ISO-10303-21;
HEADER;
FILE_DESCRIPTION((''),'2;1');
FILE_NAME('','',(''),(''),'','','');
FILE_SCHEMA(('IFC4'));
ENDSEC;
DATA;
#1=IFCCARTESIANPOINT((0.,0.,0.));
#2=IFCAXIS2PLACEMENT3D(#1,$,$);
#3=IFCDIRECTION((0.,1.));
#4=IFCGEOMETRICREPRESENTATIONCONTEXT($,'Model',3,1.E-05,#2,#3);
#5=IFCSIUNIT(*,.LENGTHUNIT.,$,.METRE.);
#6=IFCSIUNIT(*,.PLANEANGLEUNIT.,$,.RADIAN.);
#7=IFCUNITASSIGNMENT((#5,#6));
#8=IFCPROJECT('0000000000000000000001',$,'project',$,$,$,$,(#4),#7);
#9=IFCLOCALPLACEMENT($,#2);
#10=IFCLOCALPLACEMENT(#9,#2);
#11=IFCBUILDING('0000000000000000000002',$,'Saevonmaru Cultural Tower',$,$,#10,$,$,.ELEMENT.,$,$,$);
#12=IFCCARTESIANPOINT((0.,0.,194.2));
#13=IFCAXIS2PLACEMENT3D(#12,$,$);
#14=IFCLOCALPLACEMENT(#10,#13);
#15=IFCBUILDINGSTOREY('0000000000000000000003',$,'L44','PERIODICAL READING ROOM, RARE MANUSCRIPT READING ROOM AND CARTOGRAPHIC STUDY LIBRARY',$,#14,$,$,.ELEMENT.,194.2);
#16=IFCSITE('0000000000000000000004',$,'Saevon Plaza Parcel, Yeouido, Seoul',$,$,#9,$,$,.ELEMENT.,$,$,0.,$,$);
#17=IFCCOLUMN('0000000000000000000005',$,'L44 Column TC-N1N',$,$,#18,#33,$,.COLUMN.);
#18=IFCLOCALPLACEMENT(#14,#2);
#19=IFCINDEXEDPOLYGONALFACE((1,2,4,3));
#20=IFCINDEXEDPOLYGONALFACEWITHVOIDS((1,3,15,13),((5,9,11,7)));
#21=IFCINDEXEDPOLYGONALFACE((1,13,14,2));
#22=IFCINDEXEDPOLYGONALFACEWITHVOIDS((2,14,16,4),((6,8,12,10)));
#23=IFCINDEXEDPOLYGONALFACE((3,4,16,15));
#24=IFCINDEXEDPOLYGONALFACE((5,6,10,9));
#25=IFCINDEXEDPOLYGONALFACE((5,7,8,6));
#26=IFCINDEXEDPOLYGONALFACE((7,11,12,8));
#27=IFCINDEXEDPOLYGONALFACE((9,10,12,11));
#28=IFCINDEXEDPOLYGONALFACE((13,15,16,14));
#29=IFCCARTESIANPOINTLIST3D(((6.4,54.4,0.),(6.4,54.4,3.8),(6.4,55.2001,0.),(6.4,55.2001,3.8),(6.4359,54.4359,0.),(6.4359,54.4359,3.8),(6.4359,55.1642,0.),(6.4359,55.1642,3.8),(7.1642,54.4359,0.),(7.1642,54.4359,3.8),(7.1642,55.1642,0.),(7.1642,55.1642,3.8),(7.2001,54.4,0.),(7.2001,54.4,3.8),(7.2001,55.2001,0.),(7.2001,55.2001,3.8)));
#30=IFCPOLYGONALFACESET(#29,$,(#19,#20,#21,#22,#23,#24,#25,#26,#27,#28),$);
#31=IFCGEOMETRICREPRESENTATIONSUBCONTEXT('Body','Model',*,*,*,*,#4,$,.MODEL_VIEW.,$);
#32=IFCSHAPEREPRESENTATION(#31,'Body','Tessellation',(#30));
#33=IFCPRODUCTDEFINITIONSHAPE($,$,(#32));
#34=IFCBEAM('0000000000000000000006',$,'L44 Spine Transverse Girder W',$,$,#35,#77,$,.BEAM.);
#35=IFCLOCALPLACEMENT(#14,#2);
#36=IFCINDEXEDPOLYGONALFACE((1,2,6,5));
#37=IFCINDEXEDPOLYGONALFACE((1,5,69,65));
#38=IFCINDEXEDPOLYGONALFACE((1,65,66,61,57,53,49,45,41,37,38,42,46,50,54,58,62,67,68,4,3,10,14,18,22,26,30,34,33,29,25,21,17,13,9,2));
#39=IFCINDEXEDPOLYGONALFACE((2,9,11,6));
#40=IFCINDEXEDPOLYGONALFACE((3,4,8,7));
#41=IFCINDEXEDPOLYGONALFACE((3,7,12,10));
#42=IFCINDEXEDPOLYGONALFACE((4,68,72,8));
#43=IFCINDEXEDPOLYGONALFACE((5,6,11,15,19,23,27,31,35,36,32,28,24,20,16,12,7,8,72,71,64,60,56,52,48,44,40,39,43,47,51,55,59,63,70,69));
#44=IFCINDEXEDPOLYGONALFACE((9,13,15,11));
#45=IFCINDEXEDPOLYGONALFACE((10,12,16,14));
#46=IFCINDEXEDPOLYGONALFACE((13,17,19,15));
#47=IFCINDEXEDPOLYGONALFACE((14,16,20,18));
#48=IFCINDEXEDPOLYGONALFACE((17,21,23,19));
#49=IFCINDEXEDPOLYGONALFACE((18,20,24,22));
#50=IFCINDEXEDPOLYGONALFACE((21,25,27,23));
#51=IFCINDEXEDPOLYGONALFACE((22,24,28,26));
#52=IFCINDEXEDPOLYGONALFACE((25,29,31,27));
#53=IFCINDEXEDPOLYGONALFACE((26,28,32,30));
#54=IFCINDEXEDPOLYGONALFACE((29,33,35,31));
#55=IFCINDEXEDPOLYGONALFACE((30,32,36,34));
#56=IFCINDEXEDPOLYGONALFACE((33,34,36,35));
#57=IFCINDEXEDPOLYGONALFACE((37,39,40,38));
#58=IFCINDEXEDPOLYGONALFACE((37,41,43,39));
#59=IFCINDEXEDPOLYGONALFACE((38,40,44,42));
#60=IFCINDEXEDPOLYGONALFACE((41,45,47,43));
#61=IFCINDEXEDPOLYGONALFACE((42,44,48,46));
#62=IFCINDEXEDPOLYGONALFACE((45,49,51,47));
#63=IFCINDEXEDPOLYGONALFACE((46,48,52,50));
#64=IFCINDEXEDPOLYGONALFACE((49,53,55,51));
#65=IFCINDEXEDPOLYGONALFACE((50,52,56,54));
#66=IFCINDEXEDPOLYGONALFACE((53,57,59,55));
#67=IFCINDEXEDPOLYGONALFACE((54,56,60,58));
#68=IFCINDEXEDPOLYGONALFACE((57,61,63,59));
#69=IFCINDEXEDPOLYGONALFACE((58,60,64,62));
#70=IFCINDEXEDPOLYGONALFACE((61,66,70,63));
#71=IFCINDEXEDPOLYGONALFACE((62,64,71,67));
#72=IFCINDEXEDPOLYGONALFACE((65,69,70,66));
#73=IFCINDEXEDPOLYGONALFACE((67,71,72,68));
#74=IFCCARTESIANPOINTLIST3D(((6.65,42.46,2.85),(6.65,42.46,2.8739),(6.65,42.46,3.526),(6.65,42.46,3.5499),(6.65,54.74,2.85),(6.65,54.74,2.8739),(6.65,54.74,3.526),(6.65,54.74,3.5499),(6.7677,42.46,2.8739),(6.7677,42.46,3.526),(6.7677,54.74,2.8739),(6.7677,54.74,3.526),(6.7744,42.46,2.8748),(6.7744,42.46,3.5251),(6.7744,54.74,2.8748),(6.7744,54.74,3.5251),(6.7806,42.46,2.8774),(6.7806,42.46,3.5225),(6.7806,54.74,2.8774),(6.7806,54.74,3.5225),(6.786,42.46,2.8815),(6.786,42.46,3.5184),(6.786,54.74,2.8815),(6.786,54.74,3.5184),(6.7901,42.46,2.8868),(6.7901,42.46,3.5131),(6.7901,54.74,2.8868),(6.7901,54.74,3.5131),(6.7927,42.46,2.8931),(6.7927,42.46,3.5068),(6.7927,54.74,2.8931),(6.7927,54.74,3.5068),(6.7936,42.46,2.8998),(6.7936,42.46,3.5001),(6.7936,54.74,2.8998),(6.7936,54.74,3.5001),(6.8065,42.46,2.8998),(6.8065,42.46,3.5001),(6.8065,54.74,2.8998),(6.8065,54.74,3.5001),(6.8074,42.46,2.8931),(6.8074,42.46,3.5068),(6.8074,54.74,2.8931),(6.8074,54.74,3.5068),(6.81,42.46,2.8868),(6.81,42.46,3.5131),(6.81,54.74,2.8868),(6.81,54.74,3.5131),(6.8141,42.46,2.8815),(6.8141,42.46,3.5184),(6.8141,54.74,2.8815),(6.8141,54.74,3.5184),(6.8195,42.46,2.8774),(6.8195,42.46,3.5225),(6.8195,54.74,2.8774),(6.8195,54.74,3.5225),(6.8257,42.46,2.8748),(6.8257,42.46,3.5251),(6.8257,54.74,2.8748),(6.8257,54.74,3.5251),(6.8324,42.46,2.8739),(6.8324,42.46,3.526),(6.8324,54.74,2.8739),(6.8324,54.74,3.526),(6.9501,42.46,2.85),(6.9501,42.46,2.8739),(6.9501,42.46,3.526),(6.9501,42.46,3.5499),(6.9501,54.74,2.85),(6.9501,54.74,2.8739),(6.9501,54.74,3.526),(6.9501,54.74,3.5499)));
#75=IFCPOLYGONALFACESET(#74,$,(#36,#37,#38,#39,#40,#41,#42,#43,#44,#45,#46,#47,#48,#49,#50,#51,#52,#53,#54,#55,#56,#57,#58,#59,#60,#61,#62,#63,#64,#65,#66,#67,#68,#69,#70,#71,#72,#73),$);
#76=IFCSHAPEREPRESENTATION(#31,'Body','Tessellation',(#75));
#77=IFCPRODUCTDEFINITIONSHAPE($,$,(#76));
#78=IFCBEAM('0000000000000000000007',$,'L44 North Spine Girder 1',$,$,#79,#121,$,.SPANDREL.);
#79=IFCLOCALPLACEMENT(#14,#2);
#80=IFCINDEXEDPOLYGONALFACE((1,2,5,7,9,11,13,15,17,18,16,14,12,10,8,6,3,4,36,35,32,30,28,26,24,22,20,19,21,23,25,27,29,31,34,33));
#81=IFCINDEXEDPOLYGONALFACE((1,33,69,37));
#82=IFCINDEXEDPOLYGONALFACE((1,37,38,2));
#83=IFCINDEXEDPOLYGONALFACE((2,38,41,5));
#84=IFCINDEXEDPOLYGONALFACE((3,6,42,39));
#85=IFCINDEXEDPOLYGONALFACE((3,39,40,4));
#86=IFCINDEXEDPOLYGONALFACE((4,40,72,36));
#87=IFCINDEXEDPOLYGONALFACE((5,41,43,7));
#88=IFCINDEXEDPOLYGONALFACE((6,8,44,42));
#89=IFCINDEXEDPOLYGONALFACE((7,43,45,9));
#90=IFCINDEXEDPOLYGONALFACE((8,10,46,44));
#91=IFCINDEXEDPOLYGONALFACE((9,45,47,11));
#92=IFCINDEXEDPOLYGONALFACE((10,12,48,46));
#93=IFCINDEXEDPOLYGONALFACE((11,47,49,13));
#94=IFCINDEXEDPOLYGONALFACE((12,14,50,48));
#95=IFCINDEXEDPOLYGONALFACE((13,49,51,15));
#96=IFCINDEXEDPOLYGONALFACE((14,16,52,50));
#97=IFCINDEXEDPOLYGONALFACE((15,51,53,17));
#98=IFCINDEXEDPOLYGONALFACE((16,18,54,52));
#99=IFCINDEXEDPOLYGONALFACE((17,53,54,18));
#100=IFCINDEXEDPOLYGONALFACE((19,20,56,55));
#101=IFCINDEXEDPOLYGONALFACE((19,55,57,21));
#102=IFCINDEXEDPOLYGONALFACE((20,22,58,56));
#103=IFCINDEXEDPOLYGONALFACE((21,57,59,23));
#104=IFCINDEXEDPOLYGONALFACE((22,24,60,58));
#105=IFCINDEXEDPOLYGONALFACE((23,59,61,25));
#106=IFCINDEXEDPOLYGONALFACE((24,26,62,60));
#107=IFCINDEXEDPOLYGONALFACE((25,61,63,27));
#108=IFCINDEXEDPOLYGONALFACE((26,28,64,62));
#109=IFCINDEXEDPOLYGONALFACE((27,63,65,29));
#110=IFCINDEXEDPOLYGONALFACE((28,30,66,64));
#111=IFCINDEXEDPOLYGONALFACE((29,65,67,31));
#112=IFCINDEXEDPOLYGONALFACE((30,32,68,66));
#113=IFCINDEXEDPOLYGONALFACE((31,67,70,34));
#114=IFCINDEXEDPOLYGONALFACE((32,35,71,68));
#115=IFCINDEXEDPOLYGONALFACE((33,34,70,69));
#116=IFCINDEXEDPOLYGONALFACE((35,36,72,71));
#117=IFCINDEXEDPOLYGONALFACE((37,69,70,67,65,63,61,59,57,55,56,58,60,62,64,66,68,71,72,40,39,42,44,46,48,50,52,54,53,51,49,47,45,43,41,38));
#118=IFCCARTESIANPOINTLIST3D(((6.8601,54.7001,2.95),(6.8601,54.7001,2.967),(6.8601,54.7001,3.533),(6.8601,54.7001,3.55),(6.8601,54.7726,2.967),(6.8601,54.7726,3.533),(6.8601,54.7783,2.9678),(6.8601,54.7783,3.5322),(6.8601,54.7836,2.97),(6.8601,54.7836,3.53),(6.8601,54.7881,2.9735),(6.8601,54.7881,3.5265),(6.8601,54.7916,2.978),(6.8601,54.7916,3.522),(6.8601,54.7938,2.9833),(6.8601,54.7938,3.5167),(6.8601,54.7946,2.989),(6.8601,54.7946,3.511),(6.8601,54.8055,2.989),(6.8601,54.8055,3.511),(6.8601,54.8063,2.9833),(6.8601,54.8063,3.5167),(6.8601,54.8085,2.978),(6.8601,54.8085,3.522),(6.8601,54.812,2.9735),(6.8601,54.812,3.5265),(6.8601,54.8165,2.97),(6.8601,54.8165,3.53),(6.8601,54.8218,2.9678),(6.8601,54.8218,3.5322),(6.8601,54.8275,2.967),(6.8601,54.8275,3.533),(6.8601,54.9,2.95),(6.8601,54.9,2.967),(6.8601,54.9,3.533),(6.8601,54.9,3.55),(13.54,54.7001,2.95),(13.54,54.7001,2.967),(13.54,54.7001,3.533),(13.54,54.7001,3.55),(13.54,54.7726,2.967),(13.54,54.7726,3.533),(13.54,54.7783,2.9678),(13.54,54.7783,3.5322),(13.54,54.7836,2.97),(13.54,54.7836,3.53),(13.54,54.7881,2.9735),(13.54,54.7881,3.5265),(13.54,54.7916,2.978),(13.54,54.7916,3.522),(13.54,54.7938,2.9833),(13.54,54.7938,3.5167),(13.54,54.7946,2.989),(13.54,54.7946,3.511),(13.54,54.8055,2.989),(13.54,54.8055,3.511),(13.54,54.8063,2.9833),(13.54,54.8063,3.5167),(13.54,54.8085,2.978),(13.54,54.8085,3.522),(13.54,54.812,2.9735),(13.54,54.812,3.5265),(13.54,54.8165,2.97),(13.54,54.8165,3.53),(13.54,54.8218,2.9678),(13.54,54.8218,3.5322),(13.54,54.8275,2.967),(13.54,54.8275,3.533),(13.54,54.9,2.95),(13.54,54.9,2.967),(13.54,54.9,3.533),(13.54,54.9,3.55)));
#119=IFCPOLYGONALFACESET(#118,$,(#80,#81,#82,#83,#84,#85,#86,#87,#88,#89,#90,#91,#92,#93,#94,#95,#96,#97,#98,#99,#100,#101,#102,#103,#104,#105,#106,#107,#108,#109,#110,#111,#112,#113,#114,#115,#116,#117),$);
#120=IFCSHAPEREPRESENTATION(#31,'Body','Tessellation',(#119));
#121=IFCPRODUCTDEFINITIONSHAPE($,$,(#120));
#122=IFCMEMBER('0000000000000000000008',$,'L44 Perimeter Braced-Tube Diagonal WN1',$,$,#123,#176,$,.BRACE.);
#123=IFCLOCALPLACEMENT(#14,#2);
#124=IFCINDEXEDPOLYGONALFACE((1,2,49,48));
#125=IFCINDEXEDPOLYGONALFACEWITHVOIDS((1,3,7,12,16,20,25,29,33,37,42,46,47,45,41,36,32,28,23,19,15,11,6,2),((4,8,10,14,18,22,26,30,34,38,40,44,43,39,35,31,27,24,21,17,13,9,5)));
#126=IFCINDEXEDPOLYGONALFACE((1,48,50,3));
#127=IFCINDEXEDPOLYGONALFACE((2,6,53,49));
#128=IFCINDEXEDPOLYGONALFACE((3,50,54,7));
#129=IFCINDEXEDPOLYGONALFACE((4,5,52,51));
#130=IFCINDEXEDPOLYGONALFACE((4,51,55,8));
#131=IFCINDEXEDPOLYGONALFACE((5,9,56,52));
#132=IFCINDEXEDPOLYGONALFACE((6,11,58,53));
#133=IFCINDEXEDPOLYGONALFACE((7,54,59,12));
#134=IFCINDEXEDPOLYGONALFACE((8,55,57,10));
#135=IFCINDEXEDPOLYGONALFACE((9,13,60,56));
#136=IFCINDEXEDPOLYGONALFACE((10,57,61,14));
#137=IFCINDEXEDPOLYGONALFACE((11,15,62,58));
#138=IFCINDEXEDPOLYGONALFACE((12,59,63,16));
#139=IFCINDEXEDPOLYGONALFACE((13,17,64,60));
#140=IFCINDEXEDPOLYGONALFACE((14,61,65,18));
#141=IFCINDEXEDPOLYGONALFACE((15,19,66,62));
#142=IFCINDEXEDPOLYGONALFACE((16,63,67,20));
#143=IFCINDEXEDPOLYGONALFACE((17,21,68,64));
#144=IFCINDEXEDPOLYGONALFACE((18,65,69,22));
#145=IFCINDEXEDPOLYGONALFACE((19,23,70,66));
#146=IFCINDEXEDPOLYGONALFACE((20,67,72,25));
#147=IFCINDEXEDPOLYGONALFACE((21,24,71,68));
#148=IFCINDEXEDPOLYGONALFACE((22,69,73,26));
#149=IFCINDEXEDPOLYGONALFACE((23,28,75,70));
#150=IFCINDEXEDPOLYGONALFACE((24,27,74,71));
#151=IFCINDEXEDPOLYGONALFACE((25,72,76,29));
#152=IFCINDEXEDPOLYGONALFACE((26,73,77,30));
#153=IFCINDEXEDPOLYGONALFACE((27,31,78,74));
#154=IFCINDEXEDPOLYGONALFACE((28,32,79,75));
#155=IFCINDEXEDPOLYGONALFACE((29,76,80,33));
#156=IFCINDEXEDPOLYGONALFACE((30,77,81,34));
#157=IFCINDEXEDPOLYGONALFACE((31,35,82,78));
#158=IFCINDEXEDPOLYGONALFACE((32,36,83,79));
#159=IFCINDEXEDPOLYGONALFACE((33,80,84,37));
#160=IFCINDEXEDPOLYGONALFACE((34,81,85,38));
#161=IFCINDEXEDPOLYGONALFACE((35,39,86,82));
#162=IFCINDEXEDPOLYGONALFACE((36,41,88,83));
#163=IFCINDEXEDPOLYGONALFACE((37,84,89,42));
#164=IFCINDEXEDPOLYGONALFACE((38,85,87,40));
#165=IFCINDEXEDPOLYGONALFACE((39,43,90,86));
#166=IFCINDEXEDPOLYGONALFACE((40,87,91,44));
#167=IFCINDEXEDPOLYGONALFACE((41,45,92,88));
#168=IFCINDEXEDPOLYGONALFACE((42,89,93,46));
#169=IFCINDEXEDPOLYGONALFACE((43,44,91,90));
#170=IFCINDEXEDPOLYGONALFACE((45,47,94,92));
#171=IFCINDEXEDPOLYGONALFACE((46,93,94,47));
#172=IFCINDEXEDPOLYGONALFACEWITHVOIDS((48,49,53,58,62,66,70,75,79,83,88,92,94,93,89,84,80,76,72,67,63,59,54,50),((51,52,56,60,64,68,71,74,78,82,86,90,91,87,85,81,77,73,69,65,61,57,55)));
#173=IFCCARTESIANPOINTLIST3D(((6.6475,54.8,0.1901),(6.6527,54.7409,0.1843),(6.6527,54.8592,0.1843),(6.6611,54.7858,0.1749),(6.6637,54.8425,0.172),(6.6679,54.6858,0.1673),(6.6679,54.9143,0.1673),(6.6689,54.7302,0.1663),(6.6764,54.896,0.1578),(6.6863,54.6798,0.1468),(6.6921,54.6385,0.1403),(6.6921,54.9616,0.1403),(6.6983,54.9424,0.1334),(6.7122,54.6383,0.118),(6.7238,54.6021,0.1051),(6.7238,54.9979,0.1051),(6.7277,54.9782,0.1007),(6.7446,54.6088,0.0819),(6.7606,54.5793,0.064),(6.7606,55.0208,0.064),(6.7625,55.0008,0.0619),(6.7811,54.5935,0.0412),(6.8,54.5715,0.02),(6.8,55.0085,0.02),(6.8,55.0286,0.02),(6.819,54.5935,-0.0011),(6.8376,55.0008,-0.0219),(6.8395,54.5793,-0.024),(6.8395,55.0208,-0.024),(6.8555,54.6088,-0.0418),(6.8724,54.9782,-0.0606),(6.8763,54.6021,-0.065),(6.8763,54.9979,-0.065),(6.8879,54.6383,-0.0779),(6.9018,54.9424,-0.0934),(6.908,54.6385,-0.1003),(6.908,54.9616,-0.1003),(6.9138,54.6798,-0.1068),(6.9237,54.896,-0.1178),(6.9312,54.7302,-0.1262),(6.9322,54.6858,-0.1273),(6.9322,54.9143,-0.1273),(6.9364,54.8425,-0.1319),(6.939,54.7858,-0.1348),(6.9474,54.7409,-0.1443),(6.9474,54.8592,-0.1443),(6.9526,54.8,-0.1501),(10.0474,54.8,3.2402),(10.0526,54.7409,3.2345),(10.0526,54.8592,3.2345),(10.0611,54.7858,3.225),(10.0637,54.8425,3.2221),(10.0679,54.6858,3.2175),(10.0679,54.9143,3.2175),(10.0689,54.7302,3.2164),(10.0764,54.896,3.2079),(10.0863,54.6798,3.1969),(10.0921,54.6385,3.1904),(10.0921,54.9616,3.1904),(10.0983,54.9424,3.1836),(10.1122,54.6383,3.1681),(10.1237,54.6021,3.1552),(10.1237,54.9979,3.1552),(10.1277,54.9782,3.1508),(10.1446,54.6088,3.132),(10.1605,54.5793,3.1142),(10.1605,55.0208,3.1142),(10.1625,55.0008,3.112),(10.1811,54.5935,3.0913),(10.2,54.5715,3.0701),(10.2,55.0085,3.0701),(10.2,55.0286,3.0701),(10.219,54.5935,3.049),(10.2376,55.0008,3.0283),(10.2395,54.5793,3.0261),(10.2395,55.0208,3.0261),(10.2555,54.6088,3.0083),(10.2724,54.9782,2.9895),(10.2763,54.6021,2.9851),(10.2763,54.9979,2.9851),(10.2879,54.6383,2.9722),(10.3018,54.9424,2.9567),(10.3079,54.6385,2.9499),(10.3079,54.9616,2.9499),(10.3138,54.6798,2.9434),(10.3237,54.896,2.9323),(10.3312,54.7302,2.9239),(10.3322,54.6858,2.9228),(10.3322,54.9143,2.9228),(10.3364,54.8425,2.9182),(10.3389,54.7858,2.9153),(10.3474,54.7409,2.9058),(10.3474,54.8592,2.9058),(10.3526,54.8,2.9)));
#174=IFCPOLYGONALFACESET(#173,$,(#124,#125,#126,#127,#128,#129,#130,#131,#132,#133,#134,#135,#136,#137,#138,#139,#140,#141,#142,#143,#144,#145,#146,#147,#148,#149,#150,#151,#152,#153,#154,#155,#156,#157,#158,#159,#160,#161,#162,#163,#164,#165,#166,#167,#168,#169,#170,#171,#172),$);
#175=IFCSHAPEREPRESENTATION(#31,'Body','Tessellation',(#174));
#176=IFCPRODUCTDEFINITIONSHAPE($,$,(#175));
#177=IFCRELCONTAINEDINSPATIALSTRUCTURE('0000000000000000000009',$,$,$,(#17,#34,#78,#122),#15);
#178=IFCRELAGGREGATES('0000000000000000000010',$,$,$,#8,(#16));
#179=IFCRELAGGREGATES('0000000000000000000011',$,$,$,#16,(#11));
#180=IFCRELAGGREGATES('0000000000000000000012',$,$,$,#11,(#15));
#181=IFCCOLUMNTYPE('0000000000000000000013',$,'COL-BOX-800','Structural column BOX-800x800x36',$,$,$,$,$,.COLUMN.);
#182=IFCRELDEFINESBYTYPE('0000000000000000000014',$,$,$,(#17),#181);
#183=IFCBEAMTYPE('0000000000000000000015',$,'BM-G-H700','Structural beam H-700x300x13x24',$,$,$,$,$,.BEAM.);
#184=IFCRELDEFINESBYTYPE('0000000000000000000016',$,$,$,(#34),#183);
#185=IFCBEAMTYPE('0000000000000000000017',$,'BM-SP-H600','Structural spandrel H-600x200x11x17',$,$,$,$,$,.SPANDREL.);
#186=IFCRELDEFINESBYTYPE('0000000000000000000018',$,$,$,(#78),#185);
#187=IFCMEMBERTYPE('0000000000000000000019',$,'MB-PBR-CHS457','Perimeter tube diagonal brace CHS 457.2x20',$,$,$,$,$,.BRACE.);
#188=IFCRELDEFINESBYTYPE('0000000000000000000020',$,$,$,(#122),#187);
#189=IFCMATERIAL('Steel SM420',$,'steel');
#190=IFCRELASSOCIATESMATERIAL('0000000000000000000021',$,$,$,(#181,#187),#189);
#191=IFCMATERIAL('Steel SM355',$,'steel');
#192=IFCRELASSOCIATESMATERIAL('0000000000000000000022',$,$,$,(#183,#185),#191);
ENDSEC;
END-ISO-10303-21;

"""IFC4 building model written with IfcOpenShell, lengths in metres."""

from ifc_helpers import new_model, si_unit, direction, frame, origin, origin_2d, place, context, subcontext, project, spatial, hollow_rectangle, hollow_circle, i_section, extrude, material, material_profile, profile_set, type_object, element, save


model = new_model("IFC4")

# Units and contexts
model_context = context("Model", 3, precision=1e-05, world=origin(), true_north=direction((0.0, 1.0)))
body_context = subcontext(model_context, "Body", "Model", "MODEL_VIEW")
ifc_project = project(units=[si_unit("LENGTHUNIT", "METRE"), si_unit("PLANEANGLEUNIT", "RADIAN")], contexts=[model_context])

# Site, building, storey
site_placement = place(None, origin())
site = spatial("IfcSite", under=ifc_project, at=site_placement, Name="Saevon Plaza Parcel, Yeouido, Seoul", CompositionType="ELEMENT", RefElevation=0.0)
building_placement = place(site_placement, origin())
building = spatial("IfcBuilding", under=site, at=building_placement, Name="Saevonmaru Cultural Tower", CompositionType="ELEMENT")
storey_placement = place(building_placement, frame((0.0, 0.0, 194.2)))
storey = spatial("IfcBuildingStorey", under=building, at=storey_placement, Name="L44", Description="PERIODICAL READING ROOM, RARE MANUSCRIPT READING ROOM AND CARTOGRAPHIC STUDY LIBRARY", CompositionType="ELEMENT", Elevation=194.2)

# Column
ifc_material_1 = material(Name="Steel SM420", Category="steel")
ifc_material_profile_1 = material_profile(ifc_material_1, hollow_rectangle(XDim=0.8, YDim=0.8, WallThickness=0.0359, at=origin_2d()), Name="BOX-800x800x36")
ifc_profile_set_1 = profile_set([ifc_material_profile_1], Name="Steel SM420")
column_type = type_object("IfcColumnType", Name="COL-BOX-800", Description="Structural column BOX-800x800x36", PredefinedType="COLUMN", material=ifc_profile_set_1)
column_placement = place(storey_placement, frame((6.8, 54.8, 0.0), z_axis=(0.0, 0.0, 1.0), x_axis=(1.0, 0.0, 0.0)))
element("IfcColumn", 1, at=column_placement, inside=storey, type_object=column_type, Name="L44 Column TC-N1N", PredefinedType="COLUMN", context=body_context, shape_type="SweptSolid", body=[
    extrude(hollow_rectangle(XDim=0.8, YDim=0.8, WallThickness=0.0359, at=origin_2d()), origin(), (0.0, 0.0, 1.0), 3.8),
])

# Beams
ifc_material_2 = material(Name="Steel SM355", Category="steel")
ifc_material_profile_2 = material_profile(ifc_material_2, i_section(OverallWidth=0.3, OverallDepth=0.7, WebThickness=0.0129, FlangeThickness=0.0239, FilletRadius=0.0259, at=origin_2d()), Name="H-700x300x13x24")
ifc_profile_set_2 = profile_set([ifc_material_profile_2], Name="Steel SM355")
beam_type_1 = type_object("IfcBeamType", Name="BM-G-H700", Description="Structural beam H-700x300x13x24", PredefinedType="BEAM", material=ifc_profile_set_2)
beam_1_placement = place(storey_placement, frame((6.8, 54.74, 3.2), z_axis=(0.0, -1.0, 0.0), x_axis=(1.0, 0.0, 0.0)))
element("IfcBeam", 2, at=beam_1_placement, inside=storey, type_object=beam_type_1, Name="L44 Spine Transverse Girder W", PredefinedType="BEAM", context=body_context, shape_type="SweptSolid", body=[
    extrude(i_section(OverallWidth=0.3, OverallDepth=0.7, WebThickness=0.0129, FlangeThickness=0.0239, FilletRadius=0.0259, at=origin_2d()), origin(), (0.0, 0.0, 1.0), 12.28),
])
ifc_material_profile_3 = material_profile(ifc_material_2, i_section(OverallWidth=0.2, OverallDepth=0.6001, WebThickness=0.011, FlangeThickness=0.0171, FilletRadius=0.022, at=origin_2d()), Name="H-600x200x11x17")
ifc_profile_set_3 = profile_set([ifc_material_profile_3], Name="Steel SM355")
beam_type_2 = type_object("IfcBeamType", Name="BM-SP-H600", Description="Structural spandrel H-600x200x11x17", PredefinedType="SPANDREL", material=ifc_profile_set_3)
beam_2_placement = place(storey_placement, frame((6.8601, 54.8, 3.25), z_axis=(1.0, 0.0, 0.0), x_axis=(0.0, 1.0, 0.0)))
element("IfcBeam", 3, at=beam_2_placement, inside=storey, type_object=beam_type_2, Name="L44 North Spine Girder 1", PredefinedType="SPANDREL", context=body_context, shape_type="SweptSolid", body=[
    extrude(i_section(OverallWidth=0.2, OverallDepth=0.6001, WebThickness=0.011, FlangeThickness=0.0171, FilletRadius=0.022, at=origin_2d()), origin(), (0.0, 0.0, 1.0), 6.6799),
])

# Member
ifc_material_profile_4 = material_profile(ifc_material_1, hollow_circle(Radius=0.2285, WallThickness=0.02, at=origin_2d()), Name="CHS-457.2x20")
ifc_profile_set_4 = profile_set([ifc_material_profile_4], Name="Steel SM420")
member_type_1 = type_object("IfcMemberType", Name="MB-PBR-CHS457", Description="Perimeter tube diagonal brace CHS 457.2x20", PredefinedType="BRACE", material=ifc_profile_set_4)
member_1_placement = place(storey_placement, frame((6.8, 54.8, 0.02), z_axis=(0.744367, 0.0, 0.667771), x_axis=(0.0, 1.0, 0.0)))
element("IfcMember", 4, at=member_1_placement, inside=storey, type_object=member_type_1, Name="L44 Perimeter Braced-Tube Diagonal WN1", PredefinedType="BRACE", context=body_context, shape_type="SweptSolid", body=[
    extrude(hollow_circle(Radius=0.2285, WallThickness=0.02, at=origin_2d()), origin(), (0.0, 0.0, 1.0), 4.5676),
])

save(model, "model.ifc")
